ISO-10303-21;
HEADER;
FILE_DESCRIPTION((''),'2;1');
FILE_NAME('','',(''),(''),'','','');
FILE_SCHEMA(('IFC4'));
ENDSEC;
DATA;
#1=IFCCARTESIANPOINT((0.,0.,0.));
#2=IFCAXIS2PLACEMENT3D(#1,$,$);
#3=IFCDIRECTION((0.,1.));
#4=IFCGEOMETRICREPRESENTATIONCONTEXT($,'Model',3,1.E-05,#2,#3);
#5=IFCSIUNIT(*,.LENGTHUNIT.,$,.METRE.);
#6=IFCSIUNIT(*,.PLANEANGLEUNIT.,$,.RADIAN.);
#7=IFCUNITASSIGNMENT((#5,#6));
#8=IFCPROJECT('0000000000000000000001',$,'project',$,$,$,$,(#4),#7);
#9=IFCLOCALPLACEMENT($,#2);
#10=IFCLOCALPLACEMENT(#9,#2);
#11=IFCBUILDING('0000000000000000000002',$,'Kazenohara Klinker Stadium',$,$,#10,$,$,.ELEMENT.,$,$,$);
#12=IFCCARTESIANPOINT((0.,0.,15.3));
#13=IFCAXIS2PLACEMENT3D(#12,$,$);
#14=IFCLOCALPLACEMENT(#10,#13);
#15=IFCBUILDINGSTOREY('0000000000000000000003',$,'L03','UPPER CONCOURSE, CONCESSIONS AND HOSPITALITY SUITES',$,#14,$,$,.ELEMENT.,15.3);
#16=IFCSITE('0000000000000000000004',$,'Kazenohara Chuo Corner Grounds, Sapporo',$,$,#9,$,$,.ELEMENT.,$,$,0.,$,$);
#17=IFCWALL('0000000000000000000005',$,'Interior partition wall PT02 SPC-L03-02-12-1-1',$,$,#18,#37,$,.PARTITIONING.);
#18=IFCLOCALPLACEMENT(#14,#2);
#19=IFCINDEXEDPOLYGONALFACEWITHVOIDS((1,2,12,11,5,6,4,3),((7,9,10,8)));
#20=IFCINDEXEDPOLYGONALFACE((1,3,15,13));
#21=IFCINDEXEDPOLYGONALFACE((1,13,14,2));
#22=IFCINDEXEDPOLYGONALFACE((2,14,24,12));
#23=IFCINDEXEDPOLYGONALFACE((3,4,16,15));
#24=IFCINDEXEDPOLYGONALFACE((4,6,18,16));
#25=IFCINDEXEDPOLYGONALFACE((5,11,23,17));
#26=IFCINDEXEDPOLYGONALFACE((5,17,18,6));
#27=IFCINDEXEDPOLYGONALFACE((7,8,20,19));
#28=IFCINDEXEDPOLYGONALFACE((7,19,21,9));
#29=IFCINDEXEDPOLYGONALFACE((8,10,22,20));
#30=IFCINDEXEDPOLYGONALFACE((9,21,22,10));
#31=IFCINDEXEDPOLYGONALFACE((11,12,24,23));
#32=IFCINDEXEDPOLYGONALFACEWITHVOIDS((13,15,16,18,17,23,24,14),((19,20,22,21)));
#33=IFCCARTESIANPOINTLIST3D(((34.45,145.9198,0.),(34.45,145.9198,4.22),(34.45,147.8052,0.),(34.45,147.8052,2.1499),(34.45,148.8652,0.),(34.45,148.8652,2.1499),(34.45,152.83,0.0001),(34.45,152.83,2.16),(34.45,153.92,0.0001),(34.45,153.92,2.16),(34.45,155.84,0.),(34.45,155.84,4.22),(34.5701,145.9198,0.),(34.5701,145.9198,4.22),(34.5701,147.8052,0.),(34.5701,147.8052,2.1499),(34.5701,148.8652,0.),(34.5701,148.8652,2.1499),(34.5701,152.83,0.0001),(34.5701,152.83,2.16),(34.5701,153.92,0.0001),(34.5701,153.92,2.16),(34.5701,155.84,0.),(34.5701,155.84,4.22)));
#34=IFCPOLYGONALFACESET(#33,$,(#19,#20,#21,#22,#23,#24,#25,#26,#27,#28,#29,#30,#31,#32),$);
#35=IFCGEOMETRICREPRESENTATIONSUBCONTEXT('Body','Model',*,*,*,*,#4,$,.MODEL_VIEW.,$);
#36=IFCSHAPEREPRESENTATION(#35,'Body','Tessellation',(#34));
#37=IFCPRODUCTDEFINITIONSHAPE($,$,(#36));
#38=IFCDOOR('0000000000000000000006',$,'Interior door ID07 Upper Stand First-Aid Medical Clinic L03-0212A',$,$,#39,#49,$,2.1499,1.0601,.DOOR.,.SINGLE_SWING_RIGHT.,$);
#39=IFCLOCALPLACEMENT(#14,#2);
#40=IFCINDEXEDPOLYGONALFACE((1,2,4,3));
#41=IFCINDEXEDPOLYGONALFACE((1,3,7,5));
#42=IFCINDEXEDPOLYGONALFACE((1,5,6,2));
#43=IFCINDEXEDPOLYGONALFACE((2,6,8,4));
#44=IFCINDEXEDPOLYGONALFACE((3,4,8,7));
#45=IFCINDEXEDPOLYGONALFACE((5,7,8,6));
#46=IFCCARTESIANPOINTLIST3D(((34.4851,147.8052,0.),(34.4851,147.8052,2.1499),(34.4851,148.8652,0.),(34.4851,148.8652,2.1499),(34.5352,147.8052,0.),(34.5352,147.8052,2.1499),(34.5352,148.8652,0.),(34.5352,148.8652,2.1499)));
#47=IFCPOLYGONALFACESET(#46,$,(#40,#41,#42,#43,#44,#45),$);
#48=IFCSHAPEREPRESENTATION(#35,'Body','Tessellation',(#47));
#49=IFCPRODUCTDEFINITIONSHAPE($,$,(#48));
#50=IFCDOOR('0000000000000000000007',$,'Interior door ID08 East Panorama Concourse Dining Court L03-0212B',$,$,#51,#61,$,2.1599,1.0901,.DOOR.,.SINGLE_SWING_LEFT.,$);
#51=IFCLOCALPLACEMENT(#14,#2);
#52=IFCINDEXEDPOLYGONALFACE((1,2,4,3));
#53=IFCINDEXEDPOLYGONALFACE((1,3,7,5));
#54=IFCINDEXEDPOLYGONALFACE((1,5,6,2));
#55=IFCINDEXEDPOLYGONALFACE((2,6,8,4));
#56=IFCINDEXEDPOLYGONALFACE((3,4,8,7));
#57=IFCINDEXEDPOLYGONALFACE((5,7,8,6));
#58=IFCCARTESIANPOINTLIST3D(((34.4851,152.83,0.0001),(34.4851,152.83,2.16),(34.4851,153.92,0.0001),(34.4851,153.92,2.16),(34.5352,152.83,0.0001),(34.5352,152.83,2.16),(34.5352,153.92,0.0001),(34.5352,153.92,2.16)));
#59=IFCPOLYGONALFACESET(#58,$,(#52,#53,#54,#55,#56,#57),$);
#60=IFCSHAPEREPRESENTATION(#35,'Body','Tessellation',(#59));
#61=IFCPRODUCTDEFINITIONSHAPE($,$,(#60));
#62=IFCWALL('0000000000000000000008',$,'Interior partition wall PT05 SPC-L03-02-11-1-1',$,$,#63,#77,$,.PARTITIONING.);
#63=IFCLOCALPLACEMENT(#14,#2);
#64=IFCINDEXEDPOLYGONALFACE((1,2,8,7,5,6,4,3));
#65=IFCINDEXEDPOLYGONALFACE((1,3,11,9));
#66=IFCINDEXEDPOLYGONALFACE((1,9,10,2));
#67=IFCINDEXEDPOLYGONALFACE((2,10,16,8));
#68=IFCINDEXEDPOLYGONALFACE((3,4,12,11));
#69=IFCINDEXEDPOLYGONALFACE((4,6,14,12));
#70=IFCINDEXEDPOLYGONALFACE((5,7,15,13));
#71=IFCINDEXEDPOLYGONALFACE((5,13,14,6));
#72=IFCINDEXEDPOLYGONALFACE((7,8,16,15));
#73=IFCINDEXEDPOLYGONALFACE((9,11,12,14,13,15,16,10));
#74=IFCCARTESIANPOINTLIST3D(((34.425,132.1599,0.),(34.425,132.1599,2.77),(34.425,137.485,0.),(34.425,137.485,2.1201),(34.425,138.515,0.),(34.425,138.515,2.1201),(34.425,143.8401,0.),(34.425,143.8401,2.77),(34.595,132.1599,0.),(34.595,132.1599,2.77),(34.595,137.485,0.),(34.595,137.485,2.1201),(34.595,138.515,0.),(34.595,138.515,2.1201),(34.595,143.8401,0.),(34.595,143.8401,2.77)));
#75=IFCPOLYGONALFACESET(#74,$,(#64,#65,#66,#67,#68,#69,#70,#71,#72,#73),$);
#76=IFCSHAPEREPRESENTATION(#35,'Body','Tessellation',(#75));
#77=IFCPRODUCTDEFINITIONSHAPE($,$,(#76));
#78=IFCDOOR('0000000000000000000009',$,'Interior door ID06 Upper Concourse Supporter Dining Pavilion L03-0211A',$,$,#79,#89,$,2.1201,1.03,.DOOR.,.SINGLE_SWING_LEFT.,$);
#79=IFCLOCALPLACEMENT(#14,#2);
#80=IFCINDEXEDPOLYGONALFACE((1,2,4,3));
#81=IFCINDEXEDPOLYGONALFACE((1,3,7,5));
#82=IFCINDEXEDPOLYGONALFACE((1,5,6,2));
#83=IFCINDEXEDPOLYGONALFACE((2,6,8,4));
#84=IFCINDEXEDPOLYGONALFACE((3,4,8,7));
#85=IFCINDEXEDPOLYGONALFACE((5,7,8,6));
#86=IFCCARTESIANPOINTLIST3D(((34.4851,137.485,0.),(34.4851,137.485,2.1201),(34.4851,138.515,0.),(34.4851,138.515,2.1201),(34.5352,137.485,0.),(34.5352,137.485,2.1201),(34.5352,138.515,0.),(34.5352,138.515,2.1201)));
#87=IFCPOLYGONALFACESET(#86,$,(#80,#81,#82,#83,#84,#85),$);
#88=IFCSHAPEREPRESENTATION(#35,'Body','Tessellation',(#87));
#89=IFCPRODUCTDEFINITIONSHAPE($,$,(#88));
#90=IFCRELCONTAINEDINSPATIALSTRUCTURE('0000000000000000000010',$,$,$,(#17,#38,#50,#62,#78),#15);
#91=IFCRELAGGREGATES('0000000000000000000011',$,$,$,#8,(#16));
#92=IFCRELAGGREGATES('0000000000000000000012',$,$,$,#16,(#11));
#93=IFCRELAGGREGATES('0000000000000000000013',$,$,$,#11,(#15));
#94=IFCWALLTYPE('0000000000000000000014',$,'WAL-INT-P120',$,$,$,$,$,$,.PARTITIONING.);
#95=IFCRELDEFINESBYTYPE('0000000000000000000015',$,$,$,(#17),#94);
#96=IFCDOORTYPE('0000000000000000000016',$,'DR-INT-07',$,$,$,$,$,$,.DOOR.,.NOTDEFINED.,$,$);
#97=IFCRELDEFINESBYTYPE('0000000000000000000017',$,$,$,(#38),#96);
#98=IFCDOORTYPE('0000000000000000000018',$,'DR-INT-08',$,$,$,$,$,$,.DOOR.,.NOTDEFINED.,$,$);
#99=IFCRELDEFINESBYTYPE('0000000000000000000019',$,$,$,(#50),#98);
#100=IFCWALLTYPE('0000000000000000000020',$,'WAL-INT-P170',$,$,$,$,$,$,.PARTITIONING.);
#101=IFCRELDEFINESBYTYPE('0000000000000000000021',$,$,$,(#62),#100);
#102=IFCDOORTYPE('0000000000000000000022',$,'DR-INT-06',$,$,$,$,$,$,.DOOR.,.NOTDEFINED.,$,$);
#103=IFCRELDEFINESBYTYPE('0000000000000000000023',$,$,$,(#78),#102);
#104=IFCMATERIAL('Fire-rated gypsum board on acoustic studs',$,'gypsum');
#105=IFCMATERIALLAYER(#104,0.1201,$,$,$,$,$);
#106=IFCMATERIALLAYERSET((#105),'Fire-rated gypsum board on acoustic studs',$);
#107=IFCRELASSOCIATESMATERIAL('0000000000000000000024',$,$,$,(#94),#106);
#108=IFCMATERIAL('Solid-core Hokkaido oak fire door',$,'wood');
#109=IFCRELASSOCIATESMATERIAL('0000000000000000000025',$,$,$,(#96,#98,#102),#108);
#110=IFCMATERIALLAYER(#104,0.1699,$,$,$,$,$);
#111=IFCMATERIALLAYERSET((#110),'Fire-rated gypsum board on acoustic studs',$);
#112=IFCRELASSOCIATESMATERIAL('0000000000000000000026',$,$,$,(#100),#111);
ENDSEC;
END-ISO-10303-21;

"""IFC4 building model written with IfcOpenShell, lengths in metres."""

from ifc_helpers import new_model, si_unit, direction, frame, frame_2d, origin, place, context, subcontext, project, spatial, rectangle, extrude, material, layer, layer_set, type_object, element, fill, save


model = new_model("IFC4")

# Units and contexts
model_context = context("Model", 3, precision=1e-05, world=origin(), true_north=direction((0.0, 1.0)))
body_context = subcontext(model_context, "Body", "Model", "MODEL_VIEW")
ifc_project = project(units=[si_unit("LENGTHUNIT", "METRE"), si_unit("PLANEANGLEUNIT", "RADIAN")], contexts=[model_context])

# Site, building, storey
site_placement = place(None, origin())
site = spatial("IfcSite", under=ifc_project, at=site_placement, Name="Kazenohara Chuo Corner Grounds, Sapporo", CompositionType="ELEMENT", RefElevation=0.0)
building_placement = place(site_placement, origin())
building = spatial("IfcBuilding", under=site, at=building_placement, Name="Kazenohara Klinker Stadium", CompositionType="ELEMENT")
storey_placement = place(building_placement, frame((0.0, 0.0, 15.3)))
storey = spatial("IfcBuildingStorey", under=building, at=storey_placement, Name="L03", Description="UPPER CONCOURSE, CONCESSIONS AND HOSPITALITY SUITES", CompositionType="ELEMENT", Elevation=15.3)

# Wall, openings, doors
ifc_material_1 = material(Name="Fire-rated gypsum board on acoustic studs", Category="gypsum")
ifc_layer_1 = layer(ifc_material_1, 0.1201)
ifc_layer_set_1 = layer_set([ifc_layer_1], Name="Fire-rated gypsum board on acoustic studs")
wall_type_1 = type_object("IfcWallType", Name="WAL-INT-P120", PredefinedType="PARTITIONING", material=ifc_layer_set_1)
wall_1_placement = place(storey_placement, frame((34.51, 145.9199, 0.0), z_axis=(0.0, 0.0, 1.0), x_axis=(0.0, 1.0, 0.0)))
wall_1 = element("IfcWall", 1, at=wall_1_placement, inside=storey, type_object=wall_type_1, Name="Interior partition wall PT02 SPC-L03-02-12-1-1", PredefinedType="PARTITIONING", context=body_context, shape_type="SweptSolid", body=[
    extrude(rectangle(XDim=9.9202, YDim=0.1201, at=frame_2d((4.96, 0.0))), origin(), (0.0, 0.0, 1.0), 4.22),
])
opening_1_placement = place(wall_1_placement, frame((1.8853, 0.0, 0.0)))
opening_1 = element("IfcOpeningElement", 2, at=opening_1_placement, cuts=wall_1, PredefinedType="OPENING", context=body_context, shape_type="SweptSolid", body=[
    extrude(rectangle(XDim=1.0601, YDim=2.1499, at=frame_2d((0.53, 1.075))), frame((0.0, 0.0701, 0.0), z_axis=(0.0, -1.0, 0.0), x_axis=(1.0, 0.0, 0.0)), (0.0, 0.0, 1.0), 0.1401),
])
opening_2_placement = place(wall_1_placement, frame((6.9102, 0.0, 0.0)))
opening_2 = element("IfcOpeningElement", 3, at=opening_2_placement, cuts=wall_1, PredefinedType="OPENING", context=body_context, shape_type="SweptSolid", body=[
    extrude(rectangle(XDim=1.0901, YDim=2.1599, at=frame_2d((0.5449, 1.0801))), frame((0.0, 0.0701, 0.0), z_axis=(0.0, -1.0, 0.0), x_axis=(1.0, 0.0, 0.0)), (0.0, 0.0, 1.0), 0.1401),
])
ifc_material_2 = material(Name="Solid-core Hokkaido oak fire door", Category="wood")
door_type_1 = type_object("IfcDoorType", Name="DR-INT-07", OperationType="NOTDEFINED", PredefinedType="DOOR", material=ifc_material_2)
door_1_placement = place(opening_1_placement, origin())
door_1 = element("IfcDoor", 4, at=door_1_placement, inside=storey, type_object=door_type_1, Name="Interior door ID07 Upper Stand First-Aid Medical Clinic L03-0212A", OperationType="SINGLE_SWING_RIGHT", OverallHeight=2.1499, OverallWidth=1.0601, PredefinedType="DOOR", context=body_context, shape_type="SweptSolid", body=[
    extrude(rectangle(XDim=1.0601, YDim=2.1499, at=frame_2d((0.53, 1.075))), frame((0.0, 0.0249, 0.0), z_axis=(0.0, -1.0, 0.0), x_axis=(1.0, 0.0, 0.0)), (0.0, 0.0, 1.0), 0.05),
])
fill(opening_1, door_1)
door_type_2 = type_object("IfcDoorType", Name="DR-INT-08", OperationType="NOTDEFINED", PredefinedType="DOOR", material=ifc_material_2)
door_2_placement = place(opening_2_placement, origin())
door_2 = element("IfcDoor", 5, at=door_2_placement, inside=storey, type_object=door_type_2, Name="Interior door ID08 East Panorama Concourse Dining Court L03-0212B", OperationType="SINGLE_SWING_LEFT", OverallHeight=2.1599, OverallWidth=1.0901, PredefinedType="DOOR", context=body_context, shape_type="SweptSolid", body=[
    extrude(rectangle(XDim=1.0901, YDim=2.1599, at=frame_2d((0.5449, 1.0801))), frame((0.0, 0.0249, 0.0), z_axis=(0.0, -1.0, 0.0), x_axis=(1.0, 0.0, 0.0)), (0.0, 0.0, 1.0), 0.05),
])
fill(opening_2, door_2)

# Wall, opening, door
ifc_layer_2 = layer(ifc_material_1, 0.1699)
ifc_layer_set_2 = layer_set([ifc_layer_2], Name="Fire-rated gypsum board on acoustic studs")
wall_type_2 = type_object("IfcWallType", Name="WAL-INT-P170", PredefinedType="PARTITIONING", material=ifc_layer_set_2)
wall_2_placement = place(storey_placement, frame((34.51, 132.1599, 0.0), z_axis=(0.0, 0.0, 1.0), x_axis=(0.0, 1.0, 0.0)))
wall_2 = element("IfcWall", 6, at=wall_2_placement, inside=storey, type_object=wall_type_2, Name="Interior partition wall PT05 SPC-L03-02-11-1-1", PredefinedType="PARTITIONING", context=body_context, shape_type="SweptSolid", body=[
    extrude(rectangle(XDim=11.6802, YDim=0.1699, at=frame_2d((5.8401, 0.0))), origin(), (0.0, 0.0, 1.0), 2.77),
])
opening_3_placement = place(wall_2_placement, frame((5.325, 0.0, 0.0)))
opening_3 = element("IfcOpeningElement", 7, at=opening_3_placement, cuts=wall_2, PredefinedType="OPENING", context=body_context, shape_type="SweptSolid", body=[
    extrude(rectangle(XDim=1.03, YDim=2.1201, at=frame_2d((0.5151, 1.0601))), frame((0.0, 0.095, 0.0), z_axis=(0.0, -1.0, 0.0), x_axis=(1.0, 0.0, 0.0)), (0.0, 0.0, 1.0), 0.1899),
])
door_type_3 = type_object("IfcDoorType", Name="DR-INT-06", OperationType="NOTDEFINED", PredefinedType="DOOR", material=ifc_material_2)
door_3_placement = place(opening_3_placement, origin())
door_3 = element("IfcDoor", 8, at=door_3_placement, inside=storey, type_object=door_type_3, Name="Interior door ID06 Upper Concourse Supporter Dining Pavilion L03-0211A", OperationType="SINGLE_SWING_LEFT", OverallHeight=2.1201, OverallWidth=1.03, PredefinedType="DOOR", context=body_context, shape_type="SweptSolid", body=[
    extrude(rectangle(XDim=1.03, YDim=2.1201, at=frame_2d((0.5151, 1.0601))), frame((0.0, 0.0249, 0.0), z_axis=(0.0, -1.0, 0.0), x_axis=(1.0, 0.0, 0.0)), (0.0, 0.0, 1.0), 0.05),
])
fill(opening_3, door_3)

save(model, "model.ifc")
